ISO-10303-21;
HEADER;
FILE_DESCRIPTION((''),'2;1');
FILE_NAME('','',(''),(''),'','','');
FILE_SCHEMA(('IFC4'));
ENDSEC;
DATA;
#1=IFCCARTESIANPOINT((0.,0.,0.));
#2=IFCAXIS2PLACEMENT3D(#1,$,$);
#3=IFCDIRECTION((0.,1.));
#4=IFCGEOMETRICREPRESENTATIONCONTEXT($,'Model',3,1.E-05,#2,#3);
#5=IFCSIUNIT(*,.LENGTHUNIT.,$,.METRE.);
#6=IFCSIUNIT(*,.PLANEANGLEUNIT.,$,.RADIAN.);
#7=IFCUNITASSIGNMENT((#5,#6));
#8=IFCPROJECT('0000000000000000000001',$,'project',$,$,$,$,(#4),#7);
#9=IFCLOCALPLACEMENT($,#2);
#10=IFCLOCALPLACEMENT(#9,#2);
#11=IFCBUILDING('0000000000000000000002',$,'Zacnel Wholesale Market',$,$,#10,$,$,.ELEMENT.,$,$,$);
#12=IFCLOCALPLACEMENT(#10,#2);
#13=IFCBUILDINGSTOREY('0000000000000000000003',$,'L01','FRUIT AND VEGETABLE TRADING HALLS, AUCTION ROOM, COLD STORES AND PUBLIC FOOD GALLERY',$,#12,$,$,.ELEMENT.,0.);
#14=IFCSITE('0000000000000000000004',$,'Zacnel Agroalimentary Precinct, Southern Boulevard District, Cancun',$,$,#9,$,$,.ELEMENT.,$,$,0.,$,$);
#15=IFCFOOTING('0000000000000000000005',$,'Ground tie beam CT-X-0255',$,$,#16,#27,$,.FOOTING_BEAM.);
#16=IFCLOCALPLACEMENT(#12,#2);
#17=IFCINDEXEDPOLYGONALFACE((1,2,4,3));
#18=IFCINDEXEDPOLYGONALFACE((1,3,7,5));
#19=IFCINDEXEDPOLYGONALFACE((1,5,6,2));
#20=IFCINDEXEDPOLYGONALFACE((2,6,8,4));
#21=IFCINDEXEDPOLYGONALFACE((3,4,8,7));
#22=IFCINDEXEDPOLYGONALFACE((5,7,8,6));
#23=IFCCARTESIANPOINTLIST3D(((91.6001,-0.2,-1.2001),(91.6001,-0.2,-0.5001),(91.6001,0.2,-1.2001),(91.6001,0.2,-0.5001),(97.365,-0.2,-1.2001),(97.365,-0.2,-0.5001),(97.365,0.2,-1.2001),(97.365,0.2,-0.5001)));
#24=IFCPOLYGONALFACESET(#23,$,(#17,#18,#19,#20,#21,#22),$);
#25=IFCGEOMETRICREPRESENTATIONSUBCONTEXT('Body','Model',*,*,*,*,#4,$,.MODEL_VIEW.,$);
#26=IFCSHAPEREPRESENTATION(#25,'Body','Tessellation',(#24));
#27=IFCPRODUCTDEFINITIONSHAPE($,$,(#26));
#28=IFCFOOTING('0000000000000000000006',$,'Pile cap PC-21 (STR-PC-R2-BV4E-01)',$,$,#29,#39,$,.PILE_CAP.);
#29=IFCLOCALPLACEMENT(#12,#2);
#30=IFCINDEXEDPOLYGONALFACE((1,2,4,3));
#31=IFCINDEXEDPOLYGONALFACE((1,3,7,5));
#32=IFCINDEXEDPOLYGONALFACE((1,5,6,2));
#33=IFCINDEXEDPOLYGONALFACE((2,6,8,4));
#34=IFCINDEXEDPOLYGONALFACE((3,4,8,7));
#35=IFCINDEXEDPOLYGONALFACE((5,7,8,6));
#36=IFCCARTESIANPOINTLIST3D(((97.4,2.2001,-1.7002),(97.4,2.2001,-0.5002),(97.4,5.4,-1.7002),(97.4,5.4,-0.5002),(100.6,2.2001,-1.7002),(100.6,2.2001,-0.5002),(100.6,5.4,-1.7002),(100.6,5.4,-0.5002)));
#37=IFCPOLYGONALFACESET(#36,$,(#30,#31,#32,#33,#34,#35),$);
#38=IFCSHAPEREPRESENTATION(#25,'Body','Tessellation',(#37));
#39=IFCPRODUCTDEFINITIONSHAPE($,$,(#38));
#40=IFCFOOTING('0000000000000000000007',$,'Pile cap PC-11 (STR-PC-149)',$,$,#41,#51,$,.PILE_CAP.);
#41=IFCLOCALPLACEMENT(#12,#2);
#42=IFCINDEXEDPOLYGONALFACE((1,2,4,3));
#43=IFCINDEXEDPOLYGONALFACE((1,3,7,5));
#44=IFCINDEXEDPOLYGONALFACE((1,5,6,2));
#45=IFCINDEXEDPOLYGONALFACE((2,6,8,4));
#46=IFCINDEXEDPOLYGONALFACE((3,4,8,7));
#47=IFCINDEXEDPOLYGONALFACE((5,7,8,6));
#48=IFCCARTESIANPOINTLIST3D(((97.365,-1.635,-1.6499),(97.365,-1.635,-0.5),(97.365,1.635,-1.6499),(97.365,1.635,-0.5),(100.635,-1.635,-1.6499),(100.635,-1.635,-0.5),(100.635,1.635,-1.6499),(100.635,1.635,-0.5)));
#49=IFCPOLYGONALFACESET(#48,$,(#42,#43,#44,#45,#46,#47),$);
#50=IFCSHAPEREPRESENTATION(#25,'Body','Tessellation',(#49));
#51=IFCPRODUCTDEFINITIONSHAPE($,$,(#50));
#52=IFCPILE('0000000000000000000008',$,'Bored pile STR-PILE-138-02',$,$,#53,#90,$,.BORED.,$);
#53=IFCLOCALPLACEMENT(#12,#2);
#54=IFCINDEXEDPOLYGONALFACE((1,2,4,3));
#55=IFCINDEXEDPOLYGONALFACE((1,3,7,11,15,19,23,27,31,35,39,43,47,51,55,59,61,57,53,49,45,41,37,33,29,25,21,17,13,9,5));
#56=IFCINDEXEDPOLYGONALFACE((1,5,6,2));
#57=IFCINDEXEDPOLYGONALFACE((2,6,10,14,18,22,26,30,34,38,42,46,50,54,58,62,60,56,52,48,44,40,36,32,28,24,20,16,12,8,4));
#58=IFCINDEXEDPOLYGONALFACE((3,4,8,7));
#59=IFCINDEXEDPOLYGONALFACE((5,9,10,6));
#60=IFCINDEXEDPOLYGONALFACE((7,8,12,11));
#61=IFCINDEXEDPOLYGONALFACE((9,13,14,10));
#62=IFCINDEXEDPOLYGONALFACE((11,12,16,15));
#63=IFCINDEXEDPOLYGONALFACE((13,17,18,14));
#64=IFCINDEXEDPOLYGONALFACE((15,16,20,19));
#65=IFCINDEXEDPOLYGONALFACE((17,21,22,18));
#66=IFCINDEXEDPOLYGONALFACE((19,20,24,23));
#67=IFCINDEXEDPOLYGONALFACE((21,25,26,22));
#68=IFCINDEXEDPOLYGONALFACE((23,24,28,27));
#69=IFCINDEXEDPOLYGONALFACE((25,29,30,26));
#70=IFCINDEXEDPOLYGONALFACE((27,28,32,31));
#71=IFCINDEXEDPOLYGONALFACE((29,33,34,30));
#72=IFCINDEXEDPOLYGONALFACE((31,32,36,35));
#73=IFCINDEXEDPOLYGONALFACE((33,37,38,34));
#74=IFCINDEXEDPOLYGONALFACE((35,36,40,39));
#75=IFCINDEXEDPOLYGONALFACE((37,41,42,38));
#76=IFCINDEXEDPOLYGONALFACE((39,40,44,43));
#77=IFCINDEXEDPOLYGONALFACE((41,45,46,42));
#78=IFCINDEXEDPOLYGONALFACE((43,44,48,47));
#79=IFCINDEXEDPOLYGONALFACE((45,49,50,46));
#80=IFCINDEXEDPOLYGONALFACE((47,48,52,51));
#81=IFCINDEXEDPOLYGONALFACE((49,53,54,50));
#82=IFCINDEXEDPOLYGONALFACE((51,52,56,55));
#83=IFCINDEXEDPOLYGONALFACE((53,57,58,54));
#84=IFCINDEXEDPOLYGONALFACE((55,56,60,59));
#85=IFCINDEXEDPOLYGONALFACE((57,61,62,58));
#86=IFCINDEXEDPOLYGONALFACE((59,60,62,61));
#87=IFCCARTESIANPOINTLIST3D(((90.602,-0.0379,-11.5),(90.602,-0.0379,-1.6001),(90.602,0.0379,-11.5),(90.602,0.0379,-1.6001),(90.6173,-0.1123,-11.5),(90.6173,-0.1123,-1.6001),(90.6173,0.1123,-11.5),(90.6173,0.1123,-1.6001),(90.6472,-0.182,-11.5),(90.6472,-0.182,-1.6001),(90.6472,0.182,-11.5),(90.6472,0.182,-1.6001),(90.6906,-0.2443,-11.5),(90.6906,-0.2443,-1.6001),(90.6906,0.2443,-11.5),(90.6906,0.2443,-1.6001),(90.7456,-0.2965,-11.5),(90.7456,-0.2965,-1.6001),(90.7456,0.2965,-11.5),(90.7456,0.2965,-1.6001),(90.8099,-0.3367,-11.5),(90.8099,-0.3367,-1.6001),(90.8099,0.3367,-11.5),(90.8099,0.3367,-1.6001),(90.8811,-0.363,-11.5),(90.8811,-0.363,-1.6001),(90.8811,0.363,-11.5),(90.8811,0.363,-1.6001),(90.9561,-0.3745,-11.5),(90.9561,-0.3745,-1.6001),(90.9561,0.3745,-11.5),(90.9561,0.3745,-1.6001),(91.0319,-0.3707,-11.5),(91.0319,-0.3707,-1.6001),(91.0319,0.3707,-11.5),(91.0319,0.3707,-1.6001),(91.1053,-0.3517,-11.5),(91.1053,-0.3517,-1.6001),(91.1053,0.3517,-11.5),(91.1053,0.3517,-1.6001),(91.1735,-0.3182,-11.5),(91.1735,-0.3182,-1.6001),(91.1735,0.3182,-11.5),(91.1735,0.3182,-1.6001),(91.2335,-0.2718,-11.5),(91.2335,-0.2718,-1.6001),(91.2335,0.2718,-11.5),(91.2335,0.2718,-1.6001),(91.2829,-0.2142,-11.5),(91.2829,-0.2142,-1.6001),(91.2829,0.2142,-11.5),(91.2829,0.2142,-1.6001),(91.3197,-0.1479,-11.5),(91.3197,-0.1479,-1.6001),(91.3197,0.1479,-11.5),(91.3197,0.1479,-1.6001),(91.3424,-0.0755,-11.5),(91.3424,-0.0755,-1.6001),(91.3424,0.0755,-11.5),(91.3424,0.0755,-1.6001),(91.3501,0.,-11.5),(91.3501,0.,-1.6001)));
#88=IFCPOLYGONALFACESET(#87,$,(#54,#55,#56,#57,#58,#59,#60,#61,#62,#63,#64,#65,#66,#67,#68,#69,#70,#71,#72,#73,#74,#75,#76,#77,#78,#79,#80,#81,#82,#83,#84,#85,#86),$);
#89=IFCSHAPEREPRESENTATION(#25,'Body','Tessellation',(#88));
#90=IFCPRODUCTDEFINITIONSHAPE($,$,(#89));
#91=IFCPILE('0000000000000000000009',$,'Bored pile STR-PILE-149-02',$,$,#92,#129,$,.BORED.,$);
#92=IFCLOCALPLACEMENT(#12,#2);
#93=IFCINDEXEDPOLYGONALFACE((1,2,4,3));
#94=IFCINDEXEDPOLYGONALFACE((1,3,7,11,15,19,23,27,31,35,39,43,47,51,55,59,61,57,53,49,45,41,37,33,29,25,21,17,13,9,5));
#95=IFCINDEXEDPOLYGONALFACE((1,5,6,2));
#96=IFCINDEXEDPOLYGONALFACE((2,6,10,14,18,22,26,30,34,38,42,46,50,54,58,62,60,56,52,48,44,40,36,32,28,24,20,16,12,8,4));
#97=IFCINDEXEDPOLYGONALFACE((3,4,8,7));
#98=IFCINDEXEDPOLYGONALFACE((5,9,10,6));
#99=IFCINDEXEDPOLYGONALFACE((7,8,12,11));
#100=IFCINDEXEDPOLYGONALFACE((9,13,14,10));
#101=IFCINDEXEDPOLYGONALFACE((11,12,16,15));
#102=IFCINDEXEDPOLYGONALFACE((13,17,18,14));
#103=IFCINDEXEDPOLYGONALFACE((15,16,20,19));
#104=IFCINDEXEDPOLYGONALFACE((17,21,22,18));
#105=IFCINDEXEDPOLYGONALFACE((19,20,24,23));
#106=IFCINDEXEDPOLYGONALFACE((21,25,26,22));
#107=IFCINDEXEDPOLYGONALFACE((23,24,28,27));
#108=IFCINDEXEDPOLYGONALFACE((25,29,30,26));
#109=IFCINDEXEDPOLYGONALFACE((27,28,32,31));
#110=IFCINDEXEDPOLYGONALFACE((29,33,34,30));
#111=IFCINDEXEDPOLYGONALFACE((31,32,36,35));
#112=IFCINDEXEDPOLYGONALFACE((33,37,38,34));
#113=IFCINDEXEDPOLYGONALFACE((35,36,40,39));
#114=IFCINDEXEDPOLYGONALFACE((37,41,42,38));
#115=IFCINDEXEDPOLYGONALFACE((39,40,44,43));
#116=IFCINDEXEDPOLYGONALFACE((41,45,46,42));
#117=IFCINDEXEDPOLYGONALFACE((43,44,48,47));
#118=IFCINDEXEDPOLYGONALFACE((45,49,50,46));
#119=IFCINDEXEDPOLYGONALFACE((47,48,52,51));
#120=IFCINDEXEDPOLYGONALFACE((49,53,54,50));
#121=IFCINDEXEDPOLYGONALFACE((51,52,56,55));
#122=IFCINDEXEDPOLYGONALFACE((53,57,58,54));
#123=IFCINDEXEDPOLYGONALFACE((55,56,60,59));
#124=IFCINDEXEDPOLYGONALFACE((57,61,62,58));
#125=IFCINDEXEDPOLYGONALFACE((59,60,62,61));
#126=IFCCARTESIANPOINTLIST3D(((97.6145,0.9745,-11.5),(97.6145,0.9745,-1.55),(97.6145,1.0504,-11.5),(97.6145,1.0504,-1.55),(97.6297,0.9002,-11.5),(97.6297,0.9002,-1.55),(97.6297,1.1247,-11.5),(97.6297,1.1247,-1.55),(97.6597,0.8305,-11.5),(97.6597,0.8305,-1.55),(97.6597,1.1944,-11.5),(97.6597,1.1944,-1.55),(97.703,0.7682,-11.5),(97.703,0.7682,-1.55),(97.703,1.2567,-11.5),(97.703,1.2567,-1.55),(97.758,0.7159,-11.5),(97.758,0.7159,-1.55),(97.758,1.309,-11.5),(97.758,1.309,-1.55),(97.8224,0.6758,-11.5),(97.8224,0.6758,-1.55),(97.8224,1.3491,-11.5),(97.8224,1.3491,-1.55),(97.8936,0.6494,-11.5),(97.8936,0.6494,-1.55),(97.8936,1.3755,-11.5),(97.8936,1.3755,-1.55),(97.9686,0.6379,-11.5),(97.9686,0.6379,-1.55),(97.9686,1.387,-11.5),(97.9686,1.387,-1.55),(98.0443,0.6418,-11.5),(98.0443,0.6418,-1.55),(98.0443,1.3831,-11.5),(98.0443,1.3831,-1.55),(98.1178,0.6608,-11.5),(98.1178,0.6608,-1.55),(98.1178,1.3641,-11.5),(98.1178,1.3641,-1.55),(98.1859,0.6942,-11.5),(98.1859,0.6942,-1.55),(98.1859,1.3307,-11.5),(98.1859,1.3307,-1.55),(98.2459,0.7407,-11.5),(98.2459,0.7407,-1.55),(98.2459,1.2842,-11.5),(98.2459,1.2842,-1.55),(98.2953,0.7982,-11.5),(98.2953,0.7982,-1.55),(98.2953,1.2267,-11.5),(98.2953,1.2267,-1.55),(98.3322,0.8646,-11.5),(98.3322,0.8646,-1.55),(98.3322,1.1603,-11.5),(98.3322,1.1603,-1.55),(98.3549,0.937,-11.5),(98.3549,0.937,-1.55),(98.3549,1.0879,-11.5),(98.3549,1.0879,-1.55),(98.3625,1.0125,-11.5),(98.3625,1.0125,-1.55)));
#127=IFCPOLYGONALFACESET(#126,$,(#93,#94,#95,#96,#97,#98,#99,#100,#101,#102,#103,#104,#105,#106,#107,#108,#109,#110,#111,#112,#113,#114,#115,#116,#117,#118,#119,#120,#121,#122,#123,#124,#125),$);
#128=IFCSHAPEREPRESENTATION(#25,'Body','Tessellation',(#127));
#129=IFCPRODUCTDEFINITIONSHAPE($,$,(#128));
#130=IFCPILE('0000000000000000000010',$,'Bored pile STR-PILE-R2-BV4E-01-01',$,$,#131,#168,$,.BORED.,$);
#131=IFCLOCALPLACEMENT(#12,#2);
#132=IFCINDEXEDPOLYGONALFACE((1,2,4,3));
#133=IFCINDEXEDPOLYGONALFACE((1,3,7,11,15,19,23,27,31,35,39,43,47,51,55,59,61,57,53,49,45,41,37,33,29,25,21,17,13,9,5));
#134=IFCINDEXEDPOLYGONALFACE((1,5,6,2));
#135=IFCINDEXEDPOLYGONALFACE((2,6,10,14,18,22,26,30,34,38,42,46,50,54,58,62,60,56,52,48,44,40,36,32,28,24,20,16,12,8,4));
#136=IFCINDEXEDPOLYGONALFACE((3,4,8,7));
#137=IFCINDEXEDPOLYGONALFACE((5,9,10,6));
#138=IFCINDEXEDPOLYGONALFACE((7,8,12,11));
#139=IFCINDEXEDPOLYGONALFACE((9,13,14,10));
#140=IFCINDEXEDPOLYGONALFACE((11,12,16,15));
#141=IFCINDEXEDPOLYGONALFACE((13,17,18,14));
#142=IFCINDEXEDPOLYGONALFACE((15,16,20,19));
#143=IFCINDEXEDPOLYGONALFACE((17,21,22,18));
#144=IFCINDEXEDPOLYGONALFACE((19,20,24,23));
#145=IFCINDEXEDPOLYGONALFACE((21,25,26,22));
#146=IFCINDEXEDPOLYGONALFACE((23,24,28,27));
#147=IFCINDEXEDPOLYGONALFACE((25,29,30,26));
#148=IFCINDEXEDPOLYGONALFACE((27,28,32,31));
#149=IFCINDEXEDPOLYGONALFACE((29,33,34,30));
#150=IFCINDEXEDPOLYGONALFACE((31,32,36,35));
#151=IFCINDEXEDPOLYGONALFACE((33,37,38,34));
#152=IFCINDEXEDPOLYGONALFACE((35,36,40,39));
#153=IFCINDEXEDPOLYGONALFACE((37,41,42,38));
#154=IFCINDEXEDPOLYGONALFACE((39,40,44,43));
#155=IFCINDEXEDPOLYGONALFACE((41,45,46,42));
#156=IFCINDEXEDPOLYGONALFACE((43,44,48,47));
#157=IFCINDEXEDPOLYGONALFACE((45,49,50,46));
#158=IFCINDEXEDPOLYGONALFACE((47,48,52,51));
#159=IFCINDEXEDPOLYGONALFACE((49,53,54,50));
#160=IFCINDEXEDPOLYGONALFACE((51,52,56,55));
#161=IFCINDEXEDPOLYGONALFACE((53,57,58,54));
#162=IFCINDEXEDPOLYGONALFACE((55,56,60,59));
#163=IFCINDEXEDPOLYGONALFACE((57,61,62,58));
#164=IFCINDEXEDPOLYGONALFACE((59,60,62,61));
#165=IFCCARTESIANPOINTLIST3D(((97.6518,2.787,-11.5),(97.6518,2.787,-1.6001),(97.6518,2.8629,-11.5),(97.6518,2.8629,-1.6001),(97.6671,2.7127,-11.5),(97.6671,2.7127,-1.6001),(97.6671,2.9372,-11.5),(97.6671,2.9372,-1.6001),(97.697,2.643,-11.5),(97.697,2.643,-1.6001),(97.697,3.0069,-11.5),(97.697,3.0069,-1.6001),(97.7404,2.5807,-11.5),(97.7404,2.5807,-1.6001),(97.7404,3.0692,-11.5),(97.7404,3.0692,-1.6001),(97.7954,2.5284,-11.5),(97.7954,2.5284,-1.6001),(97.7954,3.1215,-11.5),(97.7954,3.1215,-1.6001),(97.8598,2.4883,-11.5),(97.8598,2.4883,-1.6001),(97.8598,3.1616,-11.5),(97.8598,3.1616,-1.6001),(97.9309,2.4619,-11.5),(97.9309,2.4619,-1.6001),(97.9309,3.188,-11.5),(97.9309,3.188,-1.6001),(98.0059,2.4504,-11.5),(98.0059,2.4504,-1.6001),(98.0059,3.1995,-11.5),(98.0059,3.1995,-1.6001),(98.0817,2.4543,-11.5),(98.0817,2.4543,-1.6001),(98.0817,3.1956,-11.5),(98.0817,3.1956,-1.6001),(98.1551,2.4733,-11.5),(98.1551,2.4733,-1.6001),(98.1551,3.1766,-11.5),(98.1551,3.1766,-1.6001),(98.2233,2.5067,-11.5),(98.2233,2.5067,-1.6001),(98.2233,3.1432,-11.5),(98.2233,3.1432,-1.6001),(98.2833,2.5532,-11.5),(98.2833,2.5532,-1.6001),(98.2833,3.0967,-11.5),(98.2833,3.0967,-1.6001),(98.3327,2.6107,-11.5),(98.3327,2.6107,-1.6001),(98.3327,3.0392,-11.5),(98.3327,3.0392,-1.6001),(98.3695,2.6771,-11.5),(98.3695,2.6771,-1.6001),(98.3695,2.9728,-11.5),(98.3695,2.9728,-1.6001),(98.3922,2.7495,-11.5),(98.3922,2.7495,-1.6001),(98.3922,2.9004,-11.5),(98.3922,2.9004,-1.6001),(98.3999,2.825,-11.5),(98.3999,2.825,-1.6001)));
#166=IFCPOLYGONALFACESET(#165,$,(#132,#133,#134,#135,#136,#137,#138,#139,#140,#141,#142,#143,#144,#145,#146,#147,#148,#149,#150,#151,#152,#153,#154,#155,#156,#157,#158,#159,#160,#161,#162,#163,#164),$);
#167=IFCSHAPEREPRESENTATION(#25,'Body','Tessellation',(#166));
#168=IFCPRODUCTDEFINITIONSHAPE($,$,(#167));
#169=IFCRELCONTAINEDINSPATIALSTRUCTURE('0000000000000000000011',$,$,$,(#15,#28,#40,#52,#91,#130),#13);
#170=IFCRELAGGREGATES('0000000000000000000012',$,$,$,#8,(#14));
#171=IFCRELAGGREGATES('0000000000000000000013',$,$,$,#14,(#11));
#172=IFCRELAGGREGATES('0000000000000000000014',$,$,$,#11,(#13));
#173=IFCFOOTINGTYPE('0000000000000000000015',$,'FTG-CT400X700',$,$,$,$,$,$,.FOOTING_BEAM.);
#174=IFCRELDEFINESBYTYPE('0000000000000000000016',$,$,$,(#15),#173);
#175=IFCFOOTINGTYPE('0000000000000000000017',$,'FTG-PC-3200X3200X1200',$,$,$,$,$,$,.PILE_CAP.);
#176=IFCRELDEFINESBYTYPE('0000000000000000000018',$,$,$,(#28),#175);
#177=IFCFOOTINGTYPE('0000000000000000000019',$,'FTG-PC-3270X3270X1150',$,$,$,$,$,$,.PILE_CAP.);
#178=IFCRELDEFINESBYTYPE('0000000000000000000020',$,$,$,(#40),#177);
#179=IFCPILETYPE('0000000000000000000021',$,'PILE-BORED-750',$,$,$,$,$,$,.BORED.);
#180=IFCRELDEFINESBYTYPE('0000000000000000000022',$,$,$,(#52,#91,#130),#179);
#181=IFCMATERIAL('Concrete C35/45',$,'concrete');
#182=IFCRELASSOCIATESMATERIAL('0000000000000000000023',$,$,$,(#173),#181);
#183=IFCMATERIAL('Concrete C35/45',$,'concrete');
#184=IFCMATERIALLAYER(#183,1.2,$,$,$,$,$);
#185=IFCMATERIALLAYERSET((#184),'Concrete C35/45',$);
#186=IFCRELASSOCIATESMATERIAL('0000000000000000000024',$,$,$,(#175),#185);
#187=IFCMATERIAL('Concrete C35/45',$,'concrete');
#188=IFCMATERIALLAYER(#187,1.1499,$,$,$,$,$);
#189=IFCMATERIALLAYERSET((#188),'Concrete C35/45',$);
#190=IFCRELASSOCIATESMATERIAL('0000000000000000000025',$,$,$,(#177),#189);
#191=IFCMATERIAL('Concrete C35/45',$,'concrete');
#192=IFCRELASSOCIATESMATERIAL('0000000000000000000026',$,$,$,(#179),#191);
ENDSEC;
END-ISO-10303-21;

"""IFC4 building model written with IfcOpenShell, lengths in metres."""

from ifc_helpers import new_model, si_unit, direction, frame, origin, origin_2d, place, context, subcontext, project, spatial, rectangle, circle, extrude, material, layer, layer_set, material_profile, profile_set, type_object, element, save


model = new_model("IFC4")

# Units and contexts
model_context = context("Model", 3, precision=1e-05, world=origin(), true_north=direction((0.0, 1.0)))
body_context = subcontext(model_context, "Body", "Model", "MODEL_VIEW")
ifc_project = project(units=[si_unit("LENGTHUNIT", "METRE"), si_unit("PLANEANGLEUNIT", "RADIAN")], contexts=[model_context])

# Site, building, storey
site_placement = place(None, origin())
site = spatial("IfcSite", under=ifc_project, at=site_placement, Name="Zacnel Agroalimentary Precinct, Southern Boulevard District, Cancun", CompositionType="ELEMENT", RefElevation=0.0)
building_placement = place(site_placement, origin())
building = spatial("IfcBuilding", under=site, at=building_placement, Name="Zacnel Wholesale Market", CompositionType="ELEMENT")
storey_placement = place(building_placement, origin())
storey = spatial("IfcBuildingStorey", under=building, at=storey_placement, Name="L01", Description="FRUIT AND VEGETABLE TRADING HALLS, AUCTION ROOM, COLD STORES AND PUBLIC FOOD GALLERY", CompositionType="ELEMENT", Elevation=0.0)

# Footings
ifc_material_1 = material(Name="Concrete C35/45", Category="concrete")
ifc_material_profile_1 = material_profile(ifc_material_1, rectangle(XDim=0.3999, YDim=0.7, at=origin_2d()), Name="CT 400x700")
ifc_profile_set_1 = profile_set([ifc_material_profile_1], Name="Concrete C35/45")
footing_type_1 = type_object("IfcFootingType", Name="FTG-CT400X700", PredefinedType="FOOTING_BEAM", material=ifc_profile_set_1)
footing_1_placement = place(storey_placement, frame((91.6001, 0.0, -0.8501), z_axis=(1.0, 0.0, 0.0), x_axis=(0.0, 1.0, 0.0)))
element("IfcFooting", 1, at=footing_1_placement, inside=storey, type_object=footing_type_1, Name="Ground tie beam CT-X-0255", PredefinedType="FOOTING_BEAM", context=body_context, shape_type="SweptSolid", body=[
    extrude(rectangle(XDim=0.3999, YDim=0.7, at=origin_2d()), origin(), (0.0, 0.0, 1.0), 5.7649),
])
ifc_material_2 = material(Name="Concrete C35/45", Category="concrete")
ifc_layer_1 = layer(ifc_material_2, 1.2)
ifc_layer_set_1 = layer_set([ifc_layer_1], Name="Concrete C35/45")
footing_type_2 = type_object("IfcFootingType", Name="FTG-PC-3200X3200X1200", PredefinedType="PILE_CAP", material=ifc_layer_set_1)
footing_2_placement = place(storey_placement, frame((99.0, 3.8, -1.7002), z_axis=(0.0, 0.0, 1.0), x_axis=(1.0, 0.0, 0.0)))
element("IfcFooting", 2, at=footing_2_placement, inside=storey, type_object=footing_type_2, Name="Pile cap PC-21 (STR-PC-R2-BV4E-01)", PredefinedType="PILE_CAP", context=body_context, shape_type="SweptSolid", body=[
    extrude(rectangle(XDim=3.2, YDim=3.2, at=origin_2d()), origin(), (0.0, 0.0, 1.0), 1.2),
])
ifc_material_3 = material(Name="Concrete C35/45", Category="concrete")
ifc_layer_2 = layer(ifc_material_3, 1.1499)
ifc_layer_set_2 = layer_set([ifc_layer_2], Name="Concrete C35/45")
footing_type_3 = type_object("IfcFootingType", Name="FTG-PC-3270X3270X1150", PredefinedType="PILE_CAP", material=ifc_layer_set_2)
footing_3_placement = place(storey_placement, frame((99.0, 0.0, -1.6499), z_axis=(0.0, 0.0, 1.0), x_axis=(1.0, 0.0, 0.0)))
element("IfcFooting", 3, at=footing_3_placement, inside=storey, type_object=footing_type_3, Name="Pile cap PC-11 (STR-PC-149)", PredefinedType="PILE_CAP", context=body_context, shape_type="SweptSolid", body=[
    extrude(rectangle(XDim=3.27, YDim=3.27, at=origin_2d()), origin(), (0.0, 0.0, 1.0), 1.1499),
])

# Piles
ifc_material_4 = material(Name="Concrete C35/45", Category="concrete")
ifc_material_profile_2 = material_profile(ifc_material_4, circle(Radius=0.375, at=origin_2d()), Name="BORED PILE D750")
ifc_profile_set_2 = profile_set([ifc_material_profile_2], Name="Concrete C35/45")
pile_type = type_object("IfcPileType", Name="PILE-BORED-750", PredefinedType="BORED", material=ifc_profile_set_2)
pile_1_placement = place(storey_placement, frame((90.9751, 0.0, -1.6001), z_axis=(0.0, 0.0, -1.0), x_axis=(1.0, 0.0, 0.0)))
element("IfcPile", 4, at=pile_1_placement, inside=storey, type_object=pile_type, Name="Bored pile STR-PILE-138-02", PredefinedType="BORED", context=body_context, shape_type="SweptSolid", body=[
    extrude(circle(Radius=0.375, at=origin_2d()), origin(), (0.0, 0.0, 1.0), 9.8999),
])
pile_2_placement = place(storey_placement, frame((97.9875, 1.0125, -1.55), z_axis=(0.0, 0.0, -1.0), x_axis=(1.0, 0.0, 0.0)))
element("IfcPile", 5, at=pile_2_placement, inside=storey, type_object=pile_type, Name="Bored pile STR-PILE-149-02", PredefinedType="BORED", context=body_context, shape_type="SweptSolid", body=[
    extrude(circle(Radius=0.375, at=origin_2d()), origin(), (0.0, 0.0, 1.0), 9.95),
])
for number, where, z_axis, x_axis, name in (
    (6, (98.0249, 2.825, -1.6001), (0.0, 0.0, -1.0), (1.0, 0.0, 0.0), "Bored pile STR-PILE-R2-BV4E-01-01"),
):
    element("IfcPile", number, at=place(storey_placement, frame(where, z_axis=z_axis, x_axis=x_axis)), inside=storey, type_object=pile_type, Name=name, PredefinedType="BORED", context=body_context, shape_type="SweptSolid", body=[
        extrude(circle(Radius=0.375, at=origin_2d()), origin(), (0.0, 0.0, 1.0), 9.8999),
    ])

save(model, "model.ifc")
